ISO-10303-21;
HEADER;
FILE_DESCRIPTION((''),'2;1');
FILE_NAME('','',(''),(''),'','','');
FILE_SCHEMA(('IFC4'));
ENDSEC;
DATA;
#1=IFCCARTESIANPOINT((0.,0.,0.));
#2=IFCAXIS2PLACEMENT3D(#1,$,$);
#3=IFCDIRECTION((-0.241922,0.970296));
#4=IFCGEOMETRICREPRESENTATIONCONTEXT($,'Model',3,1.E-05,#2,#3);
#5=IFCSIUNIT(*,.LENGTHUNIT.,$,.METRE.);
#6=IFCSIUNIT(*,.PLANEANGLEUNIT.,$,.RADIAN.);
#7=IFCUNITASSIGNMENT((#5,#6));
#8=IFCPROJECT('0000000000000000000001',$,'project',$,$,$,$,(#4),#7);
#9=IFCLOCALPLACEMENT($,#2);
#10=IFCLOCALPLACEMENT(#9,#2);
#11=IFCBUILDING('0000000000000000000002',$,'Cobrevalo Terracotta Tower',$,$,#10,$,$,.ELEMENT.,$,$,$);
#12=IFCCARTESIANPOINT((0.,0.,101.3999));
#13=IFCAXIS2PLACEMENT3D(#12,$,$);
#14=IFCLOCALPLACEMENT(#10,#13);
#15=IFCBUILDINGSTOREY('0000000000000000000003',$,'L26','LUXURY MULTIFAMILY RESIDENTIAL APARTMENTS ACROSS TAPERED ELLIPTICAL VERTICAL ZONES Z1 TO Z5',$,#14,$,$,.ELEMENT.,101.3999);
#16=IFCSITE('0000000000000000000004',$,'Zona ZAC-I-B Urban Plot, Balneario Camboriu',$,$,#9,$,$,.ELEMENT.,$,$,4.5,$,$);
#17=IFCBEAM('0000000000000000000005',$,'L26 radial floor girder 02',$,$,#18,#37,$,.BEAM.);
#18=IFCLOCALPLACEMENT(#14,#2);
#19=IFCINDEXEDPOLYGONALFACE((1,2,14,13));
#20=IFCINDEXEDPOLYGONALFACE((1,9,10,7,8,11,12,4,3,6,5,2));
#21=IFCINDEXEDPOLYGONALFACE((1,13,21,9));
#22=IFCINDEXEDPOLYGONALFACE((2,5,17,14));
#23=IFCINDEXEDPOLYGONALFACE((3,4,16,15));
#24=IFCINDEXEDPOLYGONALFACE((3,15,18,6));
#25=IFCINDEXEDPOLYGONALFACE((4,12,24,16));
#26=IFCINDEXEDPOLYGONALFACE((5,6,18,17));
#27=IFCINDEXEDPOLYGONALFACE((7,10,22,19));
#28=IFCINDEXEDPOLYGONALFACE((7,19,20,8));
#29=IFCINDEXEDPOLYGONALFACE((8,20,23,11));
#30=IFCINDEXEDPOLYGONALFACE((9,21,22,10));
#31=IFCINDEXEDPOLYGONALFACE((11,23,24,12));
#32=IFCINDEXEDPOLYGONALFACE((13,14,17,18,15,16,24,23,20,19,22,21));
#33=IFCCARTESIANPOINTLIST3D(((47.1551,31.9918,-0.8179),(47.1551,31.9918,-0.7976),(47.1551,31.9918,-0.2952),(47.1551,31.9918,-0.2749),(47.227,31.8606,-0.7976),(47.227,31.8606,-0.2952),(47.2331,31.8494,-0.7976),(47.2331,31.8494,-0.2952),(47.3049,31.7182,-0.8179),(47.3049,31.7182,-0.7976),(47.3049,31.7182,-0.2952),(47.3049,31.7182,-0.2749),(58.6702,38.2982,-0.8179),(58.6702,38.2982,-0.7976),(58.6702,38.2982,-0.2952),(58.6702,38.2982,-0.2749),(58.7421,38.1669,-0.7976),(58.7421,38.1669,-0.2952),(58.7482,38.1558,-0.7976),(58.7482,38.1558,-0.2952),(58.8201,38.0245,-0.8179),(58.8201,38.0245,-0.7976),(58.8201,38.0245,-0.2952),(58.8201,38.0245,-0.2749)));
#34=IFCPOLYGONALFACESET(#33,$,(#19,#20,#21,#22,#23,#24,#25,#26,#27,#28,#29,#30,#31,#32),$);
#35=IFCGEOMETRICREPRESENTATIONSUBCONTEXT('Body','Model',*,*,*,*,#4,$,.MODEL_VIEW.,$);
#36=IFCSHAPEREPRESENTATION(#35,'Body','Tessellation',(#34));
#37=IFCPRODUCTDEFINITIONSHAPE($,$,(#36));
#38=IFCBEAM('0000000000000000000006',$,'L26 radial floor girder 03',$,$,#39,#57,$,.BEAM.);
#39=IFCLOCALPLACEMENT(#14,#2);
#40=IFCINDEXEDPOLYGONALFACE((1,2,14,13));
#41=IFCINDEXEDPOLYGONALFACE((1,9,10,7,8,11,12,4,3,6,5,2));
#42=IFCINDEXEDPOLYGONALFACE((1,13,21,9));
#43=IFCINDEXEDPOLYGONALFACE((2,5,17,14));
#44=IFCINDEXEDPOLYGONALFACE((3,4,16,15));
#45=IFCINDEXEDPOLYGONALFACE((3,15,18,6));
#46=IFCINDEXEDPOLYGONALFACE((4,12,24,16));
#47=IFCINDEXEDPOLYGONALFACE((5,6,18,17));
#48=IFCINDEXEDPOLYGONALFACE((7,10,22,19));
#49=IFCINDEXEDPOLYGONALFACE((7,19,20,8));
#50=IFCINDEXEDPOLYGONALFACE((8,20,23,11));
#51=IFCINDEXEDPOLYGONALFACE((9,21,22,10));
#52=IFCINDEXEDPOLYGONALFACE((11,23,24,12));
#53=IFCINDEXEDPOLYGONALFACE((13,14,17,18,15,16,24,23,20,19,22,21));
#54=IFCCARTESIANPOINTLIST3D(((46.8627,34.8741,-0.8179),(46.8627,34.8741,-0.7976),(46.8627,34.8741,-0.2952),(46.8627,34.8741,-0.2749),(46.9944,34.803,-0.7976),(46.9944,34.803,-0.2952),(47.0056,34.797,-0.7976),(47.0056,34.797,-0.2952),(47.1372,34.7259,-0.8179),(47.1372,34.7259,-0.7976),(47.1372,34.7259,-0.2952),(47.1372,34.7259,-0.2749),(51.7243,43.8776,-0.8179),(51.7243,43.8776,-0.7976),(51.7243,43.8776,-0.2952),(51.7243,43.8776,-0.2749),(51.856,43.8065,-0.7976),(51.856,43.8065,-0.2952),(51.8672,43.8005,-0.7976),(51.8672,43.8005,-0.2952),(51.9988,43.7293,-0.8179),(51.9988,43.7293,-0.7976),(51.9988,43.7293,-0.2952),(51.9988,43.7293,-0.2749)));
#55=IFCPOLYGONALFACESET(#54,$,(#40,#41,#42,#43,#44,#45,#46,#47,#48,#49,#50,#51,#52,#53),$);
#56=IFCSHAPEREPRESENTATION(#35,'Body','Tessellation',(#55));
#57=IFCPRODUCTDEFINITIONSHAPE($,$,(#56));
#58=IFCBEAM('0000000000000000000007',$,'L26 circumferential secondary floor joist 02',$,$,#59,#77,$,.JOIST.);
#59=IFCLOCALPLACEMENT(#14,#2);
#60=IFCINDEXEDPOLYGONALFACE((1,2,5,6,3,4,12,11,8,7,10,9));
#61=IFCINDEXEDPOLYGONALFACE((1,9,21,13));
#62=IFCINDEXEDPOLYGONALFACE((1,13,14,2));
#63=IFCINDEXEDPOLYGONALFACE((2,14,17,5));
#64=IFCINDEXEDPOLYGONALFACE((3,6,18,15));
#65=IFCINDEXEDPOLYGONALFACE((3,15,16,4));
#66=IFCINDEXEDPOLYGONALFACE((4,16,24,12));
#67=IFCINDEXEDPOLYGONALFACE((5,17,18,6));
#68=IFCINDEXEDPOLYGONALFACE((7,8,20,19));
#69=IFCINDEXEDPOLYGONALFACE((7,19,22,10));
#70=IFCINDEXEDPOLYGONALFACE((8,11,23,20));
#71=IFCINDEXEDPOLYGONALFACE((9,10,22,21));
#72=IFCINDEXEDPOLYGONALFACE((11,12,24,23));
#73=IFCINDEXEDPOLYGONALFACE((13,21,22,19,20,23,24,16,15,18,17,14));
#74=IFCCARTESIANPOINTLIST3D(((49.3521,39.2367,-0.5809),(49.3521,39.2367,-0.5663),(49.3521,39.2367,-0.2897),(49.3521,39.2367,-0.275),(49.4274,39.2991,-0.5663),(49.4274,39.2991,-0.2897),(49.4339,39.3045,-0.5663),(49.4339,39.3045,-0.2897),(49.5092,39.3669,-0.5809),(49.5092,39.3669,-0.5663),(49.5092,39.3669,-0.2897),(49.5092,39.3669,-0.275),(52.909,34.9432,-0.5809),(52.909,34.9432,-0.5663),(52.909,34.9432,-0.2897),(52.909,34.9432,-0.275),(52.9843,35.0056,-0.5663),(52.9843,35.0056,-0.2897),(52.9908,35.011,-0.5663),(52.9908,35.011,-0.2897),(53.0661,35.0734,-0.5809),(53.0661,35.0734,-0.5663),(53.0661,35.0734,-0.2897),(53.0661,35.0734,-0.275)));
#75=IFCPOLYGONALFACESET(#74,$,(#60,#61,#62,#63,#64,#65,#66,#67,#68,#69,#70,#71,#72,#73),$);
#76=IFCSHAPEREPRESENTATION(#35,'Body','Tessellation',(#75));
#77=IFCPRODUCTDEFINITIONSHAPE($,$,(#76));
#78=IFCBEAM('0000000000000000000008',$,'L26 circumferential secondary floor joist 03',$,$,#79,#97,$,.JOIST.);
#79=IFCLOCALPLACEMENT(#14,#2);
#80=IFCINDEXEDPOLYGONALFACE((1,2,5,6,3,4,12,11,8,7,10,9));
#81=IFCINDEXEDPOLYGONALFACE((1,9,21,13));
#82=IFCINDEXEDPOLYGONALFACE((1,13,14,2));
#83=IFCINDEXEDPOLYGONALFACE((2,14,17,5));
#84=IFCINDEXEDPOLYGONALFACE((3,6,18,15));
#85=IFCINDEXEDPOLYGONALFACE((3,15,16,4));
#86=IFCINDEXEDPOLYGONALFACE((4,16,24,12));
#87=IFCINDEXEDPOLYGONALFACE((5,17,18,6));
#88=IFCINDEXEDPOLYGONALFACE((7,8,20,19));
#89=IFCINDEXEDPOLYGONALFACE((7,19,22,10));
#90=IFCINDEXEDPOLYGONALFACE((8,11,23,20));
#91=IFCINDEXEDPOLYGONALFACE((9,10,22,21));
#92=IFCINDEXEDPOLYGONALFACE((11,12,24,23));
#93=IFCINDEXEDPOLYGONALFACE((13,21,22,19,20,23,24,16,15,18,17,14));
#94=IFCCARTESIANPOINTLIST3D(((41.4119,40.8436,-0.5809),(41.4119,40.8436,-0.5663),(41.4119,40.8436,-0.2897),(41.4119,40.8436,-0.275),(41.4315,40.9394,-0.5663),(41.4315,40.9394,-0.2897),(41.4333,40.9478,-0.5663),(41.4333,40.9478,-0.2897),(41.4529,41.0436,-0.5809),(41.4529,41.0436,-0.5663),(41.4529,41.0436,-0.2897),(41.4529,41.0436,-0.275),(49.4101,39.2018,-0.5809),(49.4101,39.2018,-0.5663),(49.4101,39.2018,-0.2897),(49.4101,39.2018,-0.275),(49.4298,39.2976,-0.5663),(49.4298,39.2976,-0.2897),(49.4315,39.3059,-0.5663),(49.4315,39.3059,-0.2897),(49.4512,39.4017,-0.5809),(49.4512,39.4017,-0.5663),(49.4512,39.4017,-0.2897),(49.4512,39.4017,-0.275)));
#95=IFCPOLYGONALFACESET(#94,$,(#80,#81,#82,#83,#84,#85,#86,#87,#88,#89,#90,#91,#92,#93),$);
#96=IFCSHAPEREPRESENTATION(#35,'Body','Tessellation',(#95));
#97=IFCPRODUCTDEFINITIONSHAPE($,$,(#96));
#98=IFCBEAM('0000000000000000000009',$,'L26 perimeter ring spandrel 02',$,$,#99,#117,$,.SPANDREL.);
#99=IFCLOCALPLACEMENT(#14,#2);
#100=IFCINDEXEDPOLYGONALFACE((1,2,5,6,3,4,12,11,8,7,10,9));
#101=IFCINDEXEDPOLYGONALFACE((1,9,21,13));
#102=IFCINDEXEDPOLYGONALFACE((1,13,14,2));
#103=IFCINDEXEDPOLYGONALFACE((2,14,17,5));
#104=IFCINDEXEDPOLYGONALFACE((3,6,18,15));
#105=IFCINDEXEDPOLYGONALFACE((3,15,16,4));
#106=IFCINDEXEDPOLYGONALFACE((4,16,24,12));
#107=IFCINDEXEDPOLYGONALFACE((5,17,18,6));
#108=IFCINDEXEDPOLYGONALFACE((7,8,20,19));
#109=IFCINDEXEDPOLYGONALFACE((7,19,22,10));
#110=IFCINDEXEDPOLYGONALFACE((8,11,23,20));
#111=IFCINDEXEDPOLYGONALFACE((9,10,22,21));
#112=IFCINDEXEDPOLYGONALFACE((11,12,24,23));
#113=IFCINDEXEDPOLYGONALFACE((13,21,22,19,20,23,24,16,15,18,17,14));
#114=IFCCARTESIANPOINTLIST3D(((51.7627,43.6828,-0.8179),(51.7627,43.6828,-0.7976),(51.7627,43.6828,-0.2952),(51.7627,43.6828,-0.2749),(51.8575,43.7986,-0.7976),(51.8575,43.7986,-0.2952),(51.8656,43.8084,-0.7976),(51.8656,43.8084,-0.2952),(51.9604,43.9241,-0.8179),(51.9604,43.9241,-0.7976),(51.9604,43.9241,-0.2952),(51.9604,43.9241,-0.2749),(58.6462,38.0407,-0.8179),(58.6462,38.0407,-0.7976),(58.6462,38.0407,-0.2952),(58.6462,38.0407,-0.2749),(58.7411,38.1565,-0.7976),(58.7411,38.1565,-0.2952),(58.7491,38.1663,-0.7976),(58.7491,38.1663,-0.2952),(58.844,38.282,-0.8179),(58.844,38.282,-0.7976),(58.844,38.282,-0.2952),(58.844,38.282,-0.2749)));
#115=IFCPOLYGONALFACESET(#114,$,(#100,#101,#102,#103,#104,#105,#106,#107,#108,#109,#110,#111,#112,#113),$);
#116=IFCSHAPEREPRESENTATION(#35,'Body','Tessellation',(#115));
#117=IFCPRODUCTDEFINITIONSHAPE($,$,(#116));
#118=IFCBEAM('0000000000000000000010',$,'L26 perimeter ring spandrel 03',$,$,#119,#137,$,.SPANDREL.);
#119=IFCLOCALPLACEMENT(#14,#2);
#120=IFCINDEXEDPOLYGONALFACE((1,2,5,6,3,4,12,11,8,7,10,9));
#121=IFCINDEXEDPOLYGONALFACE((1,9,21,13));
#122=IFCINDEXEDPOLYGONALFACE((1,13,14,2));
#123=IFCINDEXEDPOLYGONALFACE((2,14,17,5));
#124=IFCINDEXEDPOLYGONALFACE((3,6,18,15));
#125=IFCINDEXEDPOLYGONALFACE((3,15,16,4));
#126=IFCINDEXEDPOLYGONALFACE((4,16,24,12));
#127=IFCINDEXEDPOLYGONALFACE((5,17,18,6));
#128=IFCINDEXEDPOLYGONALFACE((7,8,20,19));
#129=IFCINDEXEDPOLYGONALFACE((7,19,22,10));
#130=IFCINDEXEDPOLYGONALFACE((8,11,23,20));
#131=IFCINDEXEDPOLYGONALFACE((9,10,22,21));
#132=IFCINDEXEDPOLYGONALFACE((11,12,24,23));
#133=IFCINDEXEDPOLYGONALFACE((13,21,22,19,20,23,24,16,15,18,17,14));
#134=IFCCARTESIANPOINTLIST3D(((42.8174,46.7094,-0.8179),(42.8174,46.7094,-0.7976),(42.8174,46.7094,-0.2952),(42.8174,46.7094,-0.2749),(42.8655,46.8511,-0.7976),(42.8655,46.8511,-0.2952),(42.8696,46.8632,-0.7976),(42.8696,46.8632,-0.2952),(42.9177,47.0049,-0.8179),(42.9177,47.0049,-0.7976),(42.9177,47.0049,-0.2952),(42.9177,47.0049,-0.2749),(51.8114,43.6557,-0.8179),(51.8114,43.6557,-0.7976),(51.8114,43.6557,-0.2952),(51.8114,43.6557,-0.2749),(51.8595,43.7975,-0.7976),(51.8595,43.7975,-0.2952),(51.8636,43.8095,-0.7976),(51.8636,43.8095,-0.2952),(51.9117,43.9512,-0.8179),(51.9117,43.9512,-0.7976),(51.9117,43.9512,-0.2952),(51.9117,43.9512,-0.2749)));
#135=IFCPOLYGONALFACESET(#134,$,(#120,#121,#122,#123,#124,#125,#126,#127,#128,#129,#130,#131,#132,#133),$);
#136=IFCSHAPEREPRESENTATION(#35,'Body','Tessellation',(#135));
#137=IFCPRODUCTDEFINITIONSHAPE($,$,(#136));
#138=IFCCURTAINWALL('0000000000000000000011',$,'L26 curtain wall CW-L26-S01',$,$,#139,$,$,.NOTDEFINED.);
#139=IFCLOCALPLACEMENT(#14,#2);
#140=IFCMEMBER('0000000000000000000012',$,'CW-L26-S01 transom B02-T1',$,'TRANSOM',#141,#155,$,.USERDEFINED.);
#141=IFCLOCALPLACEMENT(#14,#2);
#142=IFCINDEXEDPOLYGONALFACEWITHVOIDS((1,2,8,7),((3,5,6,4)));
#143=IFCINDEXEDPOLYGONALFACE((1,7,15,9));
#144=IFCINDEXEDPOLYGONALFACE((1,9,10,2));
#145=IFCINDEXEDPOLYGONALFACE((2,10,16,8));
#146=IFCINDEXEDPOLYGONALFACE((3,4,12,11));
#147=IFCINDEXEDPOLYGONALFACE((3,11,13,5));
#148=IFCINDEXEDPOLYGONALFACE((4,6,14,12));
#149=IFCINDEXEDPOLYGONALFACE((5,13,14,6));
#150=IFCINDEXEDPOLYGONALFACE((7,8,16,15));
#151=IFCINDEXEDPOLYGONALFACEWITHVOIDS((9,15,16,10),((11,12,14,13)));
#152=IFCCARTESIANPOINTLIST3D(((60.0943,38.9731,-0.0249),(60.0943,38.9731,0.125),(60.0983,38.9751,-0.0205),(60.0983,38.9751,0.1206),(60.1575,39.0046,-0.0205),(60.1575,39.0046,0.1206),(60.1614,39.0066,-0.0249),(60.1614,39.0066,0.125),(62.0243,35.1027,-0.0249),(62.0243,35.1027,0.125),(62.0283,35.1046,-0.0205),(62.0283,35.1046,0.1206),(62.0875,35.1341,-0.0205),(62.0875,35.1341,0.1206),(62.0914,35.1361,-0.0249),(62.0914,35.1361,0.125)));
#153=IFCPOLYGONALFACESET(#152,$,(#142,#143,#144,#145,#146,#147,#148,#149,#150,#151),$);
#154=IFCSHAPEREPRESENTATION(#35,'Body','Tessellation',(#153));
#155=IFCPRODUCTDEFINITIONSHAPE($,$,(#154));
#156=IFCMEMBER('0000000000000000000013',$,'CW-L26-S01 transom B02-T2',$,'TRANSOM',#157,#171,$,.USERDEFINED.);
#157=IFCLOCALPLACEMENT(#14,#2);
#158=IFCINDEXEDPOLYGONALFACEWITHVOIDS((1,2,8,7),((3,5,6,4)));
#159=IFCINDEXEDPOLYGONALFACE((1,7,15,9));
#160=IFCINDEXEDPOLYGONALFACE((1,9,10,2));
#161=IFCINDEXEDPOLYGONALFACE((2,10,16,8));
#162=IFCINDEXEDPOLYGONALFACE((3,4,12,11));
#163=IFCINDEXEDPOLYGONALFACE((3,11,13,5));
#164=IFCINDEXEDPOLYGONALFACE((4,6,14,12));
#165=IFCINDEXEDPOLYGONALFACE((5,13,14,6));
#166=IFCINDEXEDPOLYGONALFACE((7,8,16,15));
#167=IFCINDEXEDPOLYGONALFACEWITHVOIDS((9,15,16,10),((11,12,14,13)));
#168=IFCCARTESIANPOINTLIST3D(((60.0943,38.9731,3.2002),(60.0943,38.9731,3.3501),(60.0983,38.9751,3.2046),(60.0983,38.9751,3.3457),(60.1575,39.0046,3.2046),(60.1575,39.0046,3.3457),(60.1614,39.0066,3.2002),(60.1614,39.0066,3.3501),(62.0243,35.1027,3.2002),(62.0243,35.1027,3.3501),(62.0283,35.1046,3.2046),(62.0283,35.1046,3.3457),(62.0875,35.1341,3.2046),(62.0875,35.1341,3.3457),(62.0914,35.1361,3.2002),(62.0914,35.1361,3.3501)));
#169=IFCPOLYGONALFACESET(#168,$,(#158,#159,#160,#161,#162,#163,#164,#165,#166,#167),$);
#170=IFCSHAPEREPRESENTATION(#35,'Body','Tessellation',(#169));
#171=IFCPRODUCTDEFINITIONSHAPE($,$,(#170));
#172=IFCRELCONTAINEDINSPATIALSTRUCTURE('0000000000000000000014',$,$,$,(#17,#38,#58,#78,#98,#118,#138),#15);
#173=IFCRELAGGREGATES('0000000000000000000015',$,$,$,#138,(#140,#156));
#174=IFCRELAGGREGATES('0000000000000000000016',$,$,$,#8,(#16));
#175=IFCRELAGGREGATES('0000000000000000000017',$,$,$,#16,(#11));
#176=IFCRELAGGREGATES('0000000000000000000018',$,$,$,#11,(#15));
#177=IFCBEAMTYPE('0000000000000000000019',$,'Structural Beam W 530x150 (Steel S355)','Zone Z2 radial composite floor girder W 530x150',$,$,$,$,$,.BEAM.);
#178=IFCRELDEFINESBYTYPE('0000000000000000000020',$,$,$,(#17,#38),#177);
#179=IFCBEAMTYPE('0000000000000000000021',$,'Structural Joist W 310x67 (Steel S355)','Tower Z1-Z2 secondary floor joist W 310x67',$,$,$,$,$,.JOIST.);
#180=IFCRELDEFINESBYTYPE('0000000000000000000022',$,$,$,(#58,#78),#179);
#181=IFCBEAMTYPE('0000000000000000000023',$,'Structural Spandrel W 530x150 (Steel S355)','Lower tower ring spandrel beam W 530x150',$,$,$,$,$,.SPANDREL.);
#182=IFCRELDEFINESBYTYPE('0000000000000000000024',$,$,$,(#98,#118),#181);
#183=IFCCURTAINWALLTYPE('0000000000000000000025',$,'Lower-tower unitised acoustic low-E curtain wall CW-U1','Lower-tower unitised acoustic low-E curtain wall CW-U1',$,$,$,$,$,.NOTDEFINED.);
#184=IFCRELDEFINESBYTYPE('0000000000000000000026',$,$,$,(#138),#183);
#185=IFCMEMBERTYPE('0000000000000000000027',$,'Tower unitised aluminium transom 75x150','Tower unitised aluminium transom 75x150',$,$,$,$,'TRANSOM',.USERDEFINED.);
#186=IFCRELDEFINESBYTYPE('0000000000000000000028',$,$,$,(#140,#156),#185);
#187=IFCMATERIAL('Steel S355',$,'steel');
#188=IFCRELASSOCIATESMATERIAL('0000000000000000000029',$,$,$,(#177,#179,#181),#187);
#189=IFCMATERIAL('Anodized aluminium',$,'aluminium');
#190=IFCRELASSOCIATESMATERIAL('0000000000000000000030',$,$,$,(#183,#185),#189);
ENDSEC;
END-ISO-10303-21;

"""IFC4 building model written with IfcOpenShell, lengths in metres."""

from ifc_helpers import new_model, si_unit, direction, frame, origin, origin_2d, place, context, subcontext, project, spatial, hollow_rectangle, i_section, extrude, source, transform, mapped, material, material_profile, profile_set, type_object, element, aggregate, save


model = new_model("IFC4")

# Units and contexts
model_context = context("Model", 3, precision=1e-05, world=origin(), true_north=direction((-0.241922, 0.970296)))
body_context = subcontext(model_context, "Body", "Model", "MODEL_VIEW")
ifc_project = project(units=[si_unit("LENGTHUNIT", "METRE"), si_unit("PLANEANGLEUNIT", "RADIAN")], contexts=[model_context])

# Site, building, storey
site_placement = place(None, origin())
site = spatial("IfcSite", under=ifc_project, at=site_placement, Name="Zona ZAC-I-B Urban Plot, Balneario Camboriu", CompositionType="ELEMENT", RefElevation=4.5)
building_placement = place(site_placement, origin())
building = spatial("IfcBuilding", under=site, at=building_placement, Name="Cobrevalo Terracotta Tower", CompositionType="ELEMENT")
storey_placement = place(building_placement, frame((0.0, 0.0, 101.3999)))
storey = spatial("IfcBuildingStorey", under=building, at=storey_placement, Name="L26", Description="LUXURY MULTIFAMILY RESIDENTIAL APARTMENTS ACROSS TAPERED ELLIPTICAL VERTICAL ZONES Z1 TO Z5", CompositionType="ELEMENT", Elevation=101.3999)

# Shared definitions
ifc_material_1 = material(Name="Steel S355", Category="steel")

# Beams
ifc_material_profile_1 = material_profile(ifc_material_1, i_section(OverallWidth=0.312, OverallDepth=0.543, WebThickness=0.0127, FlangeThickness=0.0203, at=origin_2d()), Name="W 530x150")
ifc_profile_set_1 = profile_set([ifc_material_profile_1], Name="Steel S355")
beam_type_1 = type_object("IfcBeamType", Name="Structural Beam W 530x150 (Steel S355)", Description="Zone Z2 radial composite floor girder W 530x150", PredefinedType="BEAM", material=ifc_profile_set_1)
beam_1_placement = place(storey_placement, frame((58.7451, 38.1614, -0.5464), z_axis=(-0.877081, -0.480343, 0.0), x_axis=(0.480343, -0.877081, 0.0)))
element("IfcBeam", 1, at=beam_1_placement, inside=storey, type_object=beam_type_1, Name="L26 radial floor girder 02", PredefinedType="BEAM", context=body_context, shape_type="SweptSolid", body=[
    extrude(i_section(OverallWidth=0.312, OverallDepth=0.543, WebThickness=0.0127, FlangeThickness=0.0203, at=origin_2d()), origin(), (0.0, 0.0, 1.0), 13.1289),
])
beam_2_placement = place(storey_placement, frame((51.8616, 43.8035, -0.5464), z_axis=(-0.475128, -0.879917, 0.0), x_axis=(0.879917, -0.475128, 0.0)))
element("IfcBeam", 2, at=beam_2_placement, inside=storey, type_object=beam_type_1, Name="L26 radial floor girder 03", PredefinedType="BEAM", context=body_context, shape_type="SweptSolid", body=[
    extrude(i_section(OverallWidth=0.312, OverallDepth=0.543, WebThickness=0.0127, FlangeThickness=0.0203, at=origin_2d()), origin(), (0.0, 0.0, 1.0), 10.2322),
])
ifc_material_profile_2 = material_profile(ifc_material_1, i_section(OverallWidth=0.2041, OverallDepth=0.3059, WebThickness=0.0085, FlangeThickness=0.0146, at=origin_2d()), Name="W 310x67")
ifc_profile_set_2 = profile_set([ifc_material_profile_2], Name="Steel S355")
beam_type_2 = type_object("IfcBeamType", Name="Structural Joist W 310x67 (Steel S355)", Description="Tower Z1-Z2 secondary floor joist W 310x67", PredefinedType="JOIST", material=ifc_profile_set_2)
beam_3_placement = place(storey_placement, frame((52.9875, 35.0083, -0.428), z_axis=(-0.637959, 0.77007, 0.0), x_axis=(-0.77007, -0.637959, 0.0)))
element("IfcBeam", 3, at=beam_3_placement, inside=storey, type_object=beam_type_2, Name="L26 circumferential secondary floor joist 02", PredefinedType="JOIST", context=body_context, shape_type="SweptSolid", body=[
    extrude(i_section(OverallWidth=0.2041, OverallDepth=0.3059, WebThickness=0.0085, FlangeThickness=0.0146, at=origin_2d()), origin(), (0.0, 0.0, 1.0), 5.5754),
])
beam_4_placement = place(storey_placement, frame((49.4307, 39.3018, -0.428), z_axis=(-0.979574, 0.201082, 0.0), x_axis=(-0.201082, -0.979574, 0.0)))
element("IfcBeam", 4, at=beam_4_placement, inside=storey, type_object=beam_type_2, Name="L26 circumferential secondary floor joist 03", PredefinedType="JOIST", context=body_context, shape_type="SweptSolid", body=[
    extrude(i_section(OverallWidth=0.2041, OverallDepth=0.3059, WebThickness=0.0085, FlangeThickness=0.0146, at=origin_2d()), origin(), (0.0, 0.0, 1.0), 8.165),
])
ifc_material_profile_3 = material_profile(ifc_material_1, i_section(OverallWidth=0.312, OverallDepth=0.543, WebThickness=0.0127, FlangeThickness=0.0203, at=origin_2d()), Name="W 530x150")
ifc_profile_set_3 = profile_set([ifc_material_profile_3], Name="Steel S355")
beam_type_3 = type_object("IfcBeamType", Name="Structural Spandrel W 530x150 (Steel S355)", Description="Lower tower ring spandrel beam W 530x150", PredefinedType="SPANDREL", material=ifc_profile_set_3)
beam_5_placement = place(storey_placement, frame((58.7451, 38.1614, -0.5464), z_axis=(-0.773401, 0.633917, 0.0), x_axis=(-0.633917, -0.773401, 0.0)))
element("IfcBeam", 5, at=beam_5_placement, inside=storey, type_object=beam_type_3, Name="L26 perimeter ring spandrel 02", PredefinedType="SPANDREL", context=body_context, shape_type="SweptSolid", body=[
    extrude(i_section(OverallWidth=0.312, OverallDepth=0.543, WebThickness=0.0127, FlangeThickness=0.0203, at=origin_2d()), origin(), (0.0, 0.0, 1.0), 8.9004),
])
beam_6_placement = place(storey_placement, frame((51.8616, 43.8035, -0.5464), z_axis=(-0.946911, 0.321497, 0.0), x_axis=(-0.321497, -0.946911, 0.0)))
element("IfcBeam", 6, at=beam_6_placement, inside=storey, type_object=beam_type_3, Name="L26 perimeter ring spandrel 03", PredefinedType="SPANDREL", context=body_context, shape_type="SweptSolid", body=[
    extrude(i_section(OverallWidth=0.312, OverallDepth=0.543, WebThickness=0.0127, FlangeThickness=0.0203, at=origin_2d()), origin(), (0.0, 0.0, 1.0), 9.4983),
])

# Curtain wall, members
ifc_material_2 = material(Name="Anodized aluminium", Category="aluminium")
curtain_wall_type = type_object("IfcCurtainWallType", Name="Lower-tower unitised acoustic low-E curtain wall CW-U1", Description="Lower-tower unitised acoustic low-E curtain wall CW-U1", PredefinedType="NOTDEFINED", material=ifc_material_2)
curtain_wall_placement = place(storey_placement, origin())
curtain_wall = element("IfcCurtainWall", 7, at=curtain_wall_placement, inside=storey, type_object=curtain_wall_type, Name="L26 curtain wall CW-L26-S01", PredefinedType="NOTDEFINED")
ifc_material_profile_4 = material_profile(ifc_material_2, hollow_rectangle(XDim=0.075, YDim=0.1499, WallThickness=0.0044, at=origin_2d()), Name="CWT 75x150")
ifc_profile_set_4 = profile_set([ifc_material_profile_4], Name="Anodized aluminium")
member_type_1 = type_object("IfcMemberType", Name="Tower unitised aluminium transom 75x150", Description="Tower unitised aluminium transom 75x150", ElementType="TRANSOM", PredefinedType="USERDEFINED", material=ifc_profile_set_4)
shared_shape_1 = source(origin(), body_context, "Body", "SweptSolid", [
    extrude(hollow_rectangle(XDim=0.075, YDim=0.1499, WallThickness=0.0044, at=origin_2d()), origin(), (0.0, 0.0, 1.0), 4.325),
])
member_1_placement = place(storey_placement, frame((62.0579, 35.1194, 0.05), z_axis=(-0.446242, 0.894912, 0.0), x_axis=(-0.894912, -0.446242, 0.0)))
member_1 = element("IfcMember", 8, at=member_1_placement, type_object=member_type_1, Name="CW-L26-S01 transom B02-T1", ObjectType="TRANSOM", PredefinedType="USERDEFINED", context=body_context, shape_type="MappedRepresentation", body=[
    mapped(shared_shape_1, transform((0.0, 0.0, 0.0), scale=1.0)),
])
member_2_placement = place(storey_placement, frame((62.0579, 35.1194, 3.2751), z_axis=(-0.446242, 0.894912, 0.0), x_axis=(-0.894912, -0.446242, 0.0)))
member_2 = element("IfcMember", 9, at=member_2_placement, type_object=member_type_1, Name="CW-L26-S01 transom B02-T2", ObjectType="TRANSOM", PredefinedType="USERDEFINED", context=body_context, shape_type="MappedRepresentation", body=[
    mapped(shared_shape_1, transform((0.0, 0.0, 0.0), scale=1.0)),
])
aggregate(curtain_wall, [member_1, member_2])

save(model, "model.ifc")
